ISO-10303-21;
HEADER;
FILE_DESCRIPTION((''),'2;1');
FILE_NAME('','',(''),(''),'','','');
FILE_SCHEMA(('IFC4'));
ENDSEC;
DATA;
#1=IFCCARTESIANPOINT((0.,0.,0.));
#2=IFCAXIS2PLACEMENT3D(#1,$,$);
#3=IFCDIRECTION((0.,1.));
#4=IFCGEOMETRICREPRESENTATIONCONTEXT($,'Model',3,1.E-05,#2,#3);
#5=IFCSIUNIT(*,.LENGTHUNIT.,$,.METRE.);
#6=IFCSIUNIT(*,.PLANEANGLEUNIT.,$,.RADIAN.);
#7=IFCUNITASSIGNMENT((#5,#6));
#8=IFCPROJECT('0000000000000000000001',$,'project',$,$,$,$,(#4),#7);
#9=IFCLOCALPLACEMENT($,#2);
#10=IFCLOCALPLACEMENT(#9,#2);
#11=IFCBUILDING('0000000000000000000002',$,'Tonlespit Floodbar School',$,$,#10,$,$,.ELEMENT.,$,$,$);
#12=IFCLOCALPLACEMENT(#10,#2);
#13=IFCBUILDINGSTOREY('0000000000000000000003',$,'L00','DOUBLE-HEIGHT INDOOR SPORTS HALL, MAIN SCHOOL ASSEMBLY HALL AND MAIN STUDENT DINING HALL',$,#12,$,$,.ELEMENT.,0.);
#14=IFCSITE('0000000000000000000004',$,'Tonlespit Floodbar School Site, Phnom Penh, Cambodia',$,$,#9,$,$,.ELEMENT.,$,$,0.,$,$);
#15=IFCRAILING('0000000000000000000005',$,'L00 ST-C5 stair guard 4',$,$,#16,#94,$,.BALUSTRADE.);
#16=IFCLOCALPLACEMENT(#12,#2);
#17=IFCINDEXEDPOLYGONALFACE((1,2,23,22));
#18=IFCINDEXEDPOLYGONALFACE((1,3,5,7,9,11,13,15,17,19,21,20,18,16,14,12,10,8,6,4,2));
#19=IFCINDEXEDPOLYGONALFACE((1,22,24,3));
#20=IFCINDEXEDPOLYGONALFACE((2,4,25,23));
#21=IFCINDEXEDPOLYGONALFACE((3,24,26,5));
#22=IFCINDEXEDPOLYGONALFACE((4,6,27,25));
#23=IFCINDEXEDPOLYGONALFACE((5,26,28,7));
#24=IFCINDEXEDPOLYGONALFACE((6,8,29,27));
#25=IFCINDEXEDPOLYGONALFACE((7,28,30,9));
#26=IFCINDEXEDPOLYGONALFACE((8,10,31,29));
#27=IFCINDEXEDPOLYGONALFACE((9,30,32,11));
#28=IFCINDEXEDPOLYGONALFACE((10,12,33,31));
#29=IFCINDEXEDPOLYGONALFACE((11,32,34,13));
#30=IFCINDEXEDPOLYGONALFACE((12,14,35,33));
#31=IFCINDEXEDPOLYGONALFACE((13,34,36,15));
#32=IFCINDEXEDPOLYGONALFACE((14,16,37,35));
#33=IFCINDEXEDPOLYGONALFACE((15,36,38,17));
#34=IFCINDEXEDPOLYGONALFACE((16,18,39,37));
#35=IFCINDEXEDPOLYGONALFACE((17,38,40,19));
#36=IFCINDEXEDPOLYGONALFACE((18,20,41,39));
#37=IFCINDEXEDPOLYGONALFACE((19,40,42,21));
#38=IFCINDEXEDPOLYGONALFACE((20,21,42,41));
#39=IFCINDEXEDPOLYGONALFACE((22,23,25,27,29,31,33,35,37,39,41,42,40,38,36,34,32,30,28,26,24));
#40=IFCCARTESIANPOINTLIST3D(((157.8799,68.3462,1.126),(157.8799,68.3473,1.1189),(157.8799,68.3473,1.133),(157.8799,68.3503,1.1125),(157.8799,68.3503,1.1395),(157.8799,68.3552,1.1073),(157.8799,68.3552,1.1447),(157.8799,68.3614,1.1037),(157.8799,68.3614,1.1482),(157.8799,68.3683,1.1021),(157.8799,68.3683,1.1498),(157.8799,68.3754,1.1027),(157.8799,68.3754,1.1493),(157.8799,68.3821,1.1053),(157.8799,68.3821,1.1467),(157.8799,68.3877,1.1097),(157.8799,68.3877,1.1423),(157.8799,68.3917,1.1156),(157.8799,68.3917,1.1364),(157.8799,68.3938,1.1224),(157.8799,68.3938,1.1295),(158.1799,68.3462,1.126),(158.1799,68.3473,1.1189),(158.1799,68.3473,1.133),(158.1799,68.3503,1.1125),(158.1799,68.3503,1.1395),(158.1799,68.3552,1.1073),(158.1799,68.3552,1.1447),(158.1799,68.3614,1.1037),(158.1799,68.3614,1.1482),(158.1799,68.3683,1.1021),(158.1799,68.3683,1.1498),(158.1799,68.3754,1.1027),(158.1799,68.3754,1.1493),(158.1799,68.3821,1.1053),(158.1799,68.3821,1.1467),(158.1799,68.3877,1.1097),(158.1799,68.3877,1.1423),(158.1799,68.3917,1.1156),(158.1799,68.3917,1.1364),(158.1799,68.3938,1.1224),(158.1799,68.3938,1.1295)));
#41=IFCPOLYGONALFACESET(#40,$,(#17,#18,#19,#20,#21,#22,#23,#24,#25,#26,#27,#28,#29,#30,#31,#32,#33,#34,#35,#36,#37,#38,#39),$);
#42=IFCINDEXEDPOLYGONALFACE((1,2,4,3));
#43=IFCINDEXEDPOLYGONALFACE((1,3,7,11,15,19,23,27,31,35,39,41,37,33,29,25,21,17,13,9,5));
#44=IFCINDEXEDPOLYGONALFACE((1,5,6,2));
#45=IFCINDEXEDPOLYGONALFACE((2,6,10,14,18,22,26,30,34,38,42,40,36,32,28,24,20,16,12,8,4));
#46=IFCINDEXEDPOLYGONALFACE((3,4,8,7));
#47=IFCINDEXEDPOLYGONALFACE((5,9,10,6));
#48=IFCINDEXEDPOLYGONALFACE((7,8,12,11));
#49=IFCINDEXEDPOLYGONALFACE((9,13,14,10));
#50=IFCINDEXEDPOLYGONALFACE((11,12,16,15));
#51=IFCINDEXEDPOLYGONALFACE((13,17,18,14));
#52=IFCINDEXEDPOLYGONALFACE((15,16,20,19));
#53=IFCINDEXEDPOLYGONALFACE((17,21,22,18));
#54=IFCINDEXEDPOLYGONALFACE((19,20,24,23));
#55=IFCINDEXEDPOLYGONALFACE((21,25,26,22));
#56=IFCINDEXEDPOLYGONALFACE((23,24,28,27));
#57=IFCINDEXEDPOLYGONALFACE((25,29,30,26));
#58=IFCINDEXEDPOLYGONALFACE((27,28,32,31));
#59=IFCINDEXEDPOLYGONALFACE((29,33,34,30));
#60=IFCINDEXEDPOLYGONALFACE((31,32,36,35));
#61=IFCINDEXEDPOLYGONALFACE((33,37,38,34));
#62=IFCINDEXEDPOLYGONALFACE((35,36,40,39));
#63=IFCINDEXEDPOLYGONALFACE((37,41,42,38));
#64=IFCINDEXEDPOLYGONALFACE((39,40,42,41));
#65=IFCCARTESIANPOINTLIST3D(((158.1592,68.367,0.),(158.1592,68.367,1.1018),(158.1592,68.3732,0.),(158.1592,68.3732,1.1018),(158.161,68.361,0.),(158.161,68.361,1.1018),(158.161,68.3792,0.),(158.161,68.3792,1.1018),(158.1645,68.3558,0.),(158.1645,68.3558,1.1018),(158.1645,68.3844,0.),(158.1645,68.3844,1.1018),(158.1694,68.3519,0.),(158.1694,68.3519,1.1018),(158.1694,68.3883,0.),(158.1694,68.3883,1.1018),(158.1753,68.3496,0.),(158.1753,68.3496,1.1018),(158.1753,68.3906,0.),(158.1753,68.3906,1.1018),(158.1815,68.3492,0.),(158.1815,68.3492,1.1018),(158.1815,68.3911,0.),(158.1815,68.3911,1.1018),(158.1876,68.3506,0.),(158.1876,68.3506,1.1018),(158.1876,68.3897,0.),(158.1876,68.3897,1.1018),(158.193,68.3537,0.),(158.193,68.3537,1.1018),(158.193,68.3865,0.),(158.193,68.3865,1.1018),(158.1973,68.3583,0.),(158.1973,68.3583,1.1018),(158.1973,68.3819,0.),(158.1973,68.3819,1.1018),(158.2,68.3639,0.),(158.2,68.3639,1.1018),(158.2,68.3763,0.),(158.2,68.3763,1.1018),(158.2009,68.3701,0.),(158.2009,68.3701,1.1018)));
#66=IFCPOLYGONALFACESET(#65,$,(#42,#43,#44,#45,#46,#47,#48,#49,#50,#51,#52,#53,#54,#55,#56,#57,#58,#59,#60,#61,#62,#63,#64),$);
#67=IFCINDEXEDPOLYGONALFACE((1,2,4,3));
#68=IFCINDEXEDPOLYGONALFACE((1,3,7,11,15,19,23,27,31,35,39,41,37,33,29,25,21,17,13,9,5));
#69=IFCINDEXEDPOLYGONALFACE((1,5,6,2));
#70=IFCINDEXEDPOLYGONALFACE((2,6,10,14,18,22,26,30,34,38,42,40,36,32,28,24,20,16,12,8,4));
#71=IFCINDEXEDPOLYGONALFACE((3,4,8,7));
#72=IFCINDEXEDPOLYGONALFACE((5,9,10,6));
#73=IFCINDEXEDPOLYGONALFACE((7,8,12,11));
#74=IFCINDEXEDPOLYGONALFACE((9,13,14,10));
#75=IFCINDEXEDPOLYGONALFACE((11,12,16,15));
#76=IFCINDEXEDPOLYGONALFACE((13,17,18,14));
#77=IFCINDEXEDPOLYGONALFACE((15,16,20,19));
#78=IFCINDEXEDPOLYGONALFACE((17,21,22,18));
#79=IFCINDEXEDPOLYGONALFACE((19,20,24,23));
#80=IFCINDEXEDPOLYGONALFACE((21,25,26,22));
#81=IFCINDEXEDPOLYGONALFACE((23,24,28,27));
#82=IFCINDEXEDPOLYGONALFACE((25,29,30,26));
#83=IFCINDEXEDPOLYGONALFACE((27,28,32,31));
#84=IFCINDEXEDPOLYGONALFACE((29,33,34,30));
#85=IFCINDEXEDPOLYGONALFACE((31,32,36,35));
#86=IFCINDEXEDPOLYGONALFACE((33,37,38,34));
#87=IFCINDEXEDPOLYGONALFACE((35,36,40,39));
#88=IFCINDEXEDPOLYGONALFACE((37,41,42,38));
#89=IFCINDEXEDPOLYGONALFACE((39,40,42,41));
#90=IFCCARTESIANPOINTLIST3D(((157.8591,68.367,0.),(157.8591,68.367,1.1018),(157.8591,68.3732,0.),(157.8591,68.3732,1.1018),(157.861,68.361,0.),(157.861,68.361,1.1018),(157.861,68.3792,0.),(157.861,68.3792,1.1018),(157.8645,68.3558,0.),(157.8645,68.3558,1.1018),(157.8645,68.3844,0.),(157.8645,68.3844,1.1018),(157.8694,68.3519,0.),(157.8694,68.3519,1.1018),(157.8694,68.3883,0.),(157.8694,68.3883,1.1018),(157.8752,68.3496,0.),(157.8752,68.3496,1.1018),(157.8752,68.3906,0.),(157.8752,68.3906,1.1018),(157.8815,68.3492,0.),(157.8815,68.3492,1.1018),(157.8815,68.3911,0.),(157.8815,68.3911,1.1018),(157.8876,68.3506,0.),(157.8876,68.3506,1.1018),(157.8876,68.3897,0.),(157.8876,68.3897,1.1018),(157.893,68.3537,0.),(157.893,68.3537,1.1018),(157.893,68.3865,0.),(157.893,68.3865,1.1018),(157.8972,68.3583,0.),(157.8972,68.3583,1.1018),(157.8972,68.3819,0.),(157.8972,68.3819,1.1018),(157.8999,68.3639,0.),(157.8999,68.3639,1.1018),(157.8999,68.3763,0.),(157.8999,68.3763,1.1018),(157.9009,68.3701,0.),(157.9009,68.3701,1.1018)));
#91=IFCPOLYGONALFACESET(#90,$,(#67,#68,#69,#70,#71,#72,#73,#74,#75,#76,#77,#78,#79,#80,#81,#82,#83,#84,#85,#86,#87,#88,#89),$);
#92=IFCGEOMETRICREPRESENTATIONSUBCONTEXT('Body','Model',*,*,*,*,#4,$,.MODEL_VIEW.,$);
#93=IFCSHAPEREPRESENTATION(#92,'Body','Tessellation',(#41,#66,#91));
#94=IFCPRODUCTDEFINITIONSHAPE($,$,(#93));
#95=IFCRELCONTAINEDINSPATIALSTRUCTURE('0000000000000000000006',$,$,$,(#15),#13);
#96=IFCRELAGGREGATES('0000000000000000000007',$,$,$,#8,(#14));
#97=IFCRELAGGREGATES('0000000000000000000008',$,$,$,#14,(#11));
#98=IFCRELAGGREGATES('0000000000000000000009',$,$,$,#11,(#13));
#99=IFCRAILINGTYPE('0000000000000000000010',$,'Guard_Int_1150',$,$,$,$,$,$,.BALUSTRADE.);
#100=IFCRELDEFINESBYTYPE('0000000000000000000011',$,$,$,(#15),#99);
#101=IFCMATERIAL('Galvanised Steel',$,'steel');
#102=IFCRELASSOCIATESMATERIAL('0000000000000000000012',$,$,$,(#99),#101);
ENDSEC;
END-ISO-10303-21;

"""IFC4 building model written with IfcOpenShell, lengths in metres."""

from ifc_helpers import new_model, si_unit, direction, frame, origin, origin_2d, place, context, subcontext, project, spatial, circle, extrude, material, type_object, element, save


model = new_model("IFC4")

# Units and contexts
model_context = context("Model", 3, precision=1e-05, world=origin(), true_north=direction((0.0, 1.0)))
body_context = subcontext(model_context, "Body", "Model", "MODEL_VIEW")
ifc_project = project(units=[si_unit("LENGTHUNIT", "METRE"), si_unit("PLANEANGLEUNIT", "RADIAN")], contexts=[model_context])

# Site, building, storey
site_placement = place(None, origin())
site = spatial("IfcSite", under=ifc_project, at=site_placement, Name="Tonlespit Floodbar School Site, Phnom Penh, Cambodia", CompositionType="ELEMENT", RefElevation=0.0)
building_placement = place(site_placement, origin())
building = spatial("IfcBuilding", under=site, at=building_placement, Name="Tonlespit Floodbar School", CompositionType="ELEMENT")
storey_placement = place(building_placement, origin())
storey = spatial("IfcBuildingStorey", under=building, at=storey_placement, Name="L00", Description="DOUBLE-HEIGHT INDOOR SPORTS HALL, MAIN SCHOOL ASSEMBLY HALL AND MAIN STUDENT DINING HALL", CompositionType="ELEMENT", Elevation=0.0)

# Shared definitions
ifc_material_1 = material(Name="Galvanised Steel", Category="steel")

# Railing
railing_type_1 = type_object("IfcRailingType", Name="Guard_Int_1150", PredefinedType="BALUSTRADE", material=ifc_material_1)
railing_1_placement = place(storey_placement, frame((158.1799, 68.3701, 0.0)))
element("IfcRailing", 1, at=railing_1_placement, inside=storey, type_object=railing_type_1, Name="L00 ST-C5 stair guard 4", PredefinedType="BALUSTRADE", context=body_context, shape_type="SweptSolid", body=[
    extrude(circle(Radius=0.0239, at=origin_2d()), frame((0.0, 0.0, 1.126), z_axis=(-1.0, 0.0, 0.0), x_axis=(0.0, -1.0, 0.0)), (0.0, 0.0, 1.0), 0.3),
    extrude(circle(Radius=0.021, at=origin_2d()), origin(), (0.0, 0.0, 1.0), 1.1018),
    extrude(circle(Radius=0.021, at=origin_2d()), frame((-0.3, 0.0, 0.0)), (0.0, 0.0, 1.0), 1.1018),
])

save(model, "model.ifc")
